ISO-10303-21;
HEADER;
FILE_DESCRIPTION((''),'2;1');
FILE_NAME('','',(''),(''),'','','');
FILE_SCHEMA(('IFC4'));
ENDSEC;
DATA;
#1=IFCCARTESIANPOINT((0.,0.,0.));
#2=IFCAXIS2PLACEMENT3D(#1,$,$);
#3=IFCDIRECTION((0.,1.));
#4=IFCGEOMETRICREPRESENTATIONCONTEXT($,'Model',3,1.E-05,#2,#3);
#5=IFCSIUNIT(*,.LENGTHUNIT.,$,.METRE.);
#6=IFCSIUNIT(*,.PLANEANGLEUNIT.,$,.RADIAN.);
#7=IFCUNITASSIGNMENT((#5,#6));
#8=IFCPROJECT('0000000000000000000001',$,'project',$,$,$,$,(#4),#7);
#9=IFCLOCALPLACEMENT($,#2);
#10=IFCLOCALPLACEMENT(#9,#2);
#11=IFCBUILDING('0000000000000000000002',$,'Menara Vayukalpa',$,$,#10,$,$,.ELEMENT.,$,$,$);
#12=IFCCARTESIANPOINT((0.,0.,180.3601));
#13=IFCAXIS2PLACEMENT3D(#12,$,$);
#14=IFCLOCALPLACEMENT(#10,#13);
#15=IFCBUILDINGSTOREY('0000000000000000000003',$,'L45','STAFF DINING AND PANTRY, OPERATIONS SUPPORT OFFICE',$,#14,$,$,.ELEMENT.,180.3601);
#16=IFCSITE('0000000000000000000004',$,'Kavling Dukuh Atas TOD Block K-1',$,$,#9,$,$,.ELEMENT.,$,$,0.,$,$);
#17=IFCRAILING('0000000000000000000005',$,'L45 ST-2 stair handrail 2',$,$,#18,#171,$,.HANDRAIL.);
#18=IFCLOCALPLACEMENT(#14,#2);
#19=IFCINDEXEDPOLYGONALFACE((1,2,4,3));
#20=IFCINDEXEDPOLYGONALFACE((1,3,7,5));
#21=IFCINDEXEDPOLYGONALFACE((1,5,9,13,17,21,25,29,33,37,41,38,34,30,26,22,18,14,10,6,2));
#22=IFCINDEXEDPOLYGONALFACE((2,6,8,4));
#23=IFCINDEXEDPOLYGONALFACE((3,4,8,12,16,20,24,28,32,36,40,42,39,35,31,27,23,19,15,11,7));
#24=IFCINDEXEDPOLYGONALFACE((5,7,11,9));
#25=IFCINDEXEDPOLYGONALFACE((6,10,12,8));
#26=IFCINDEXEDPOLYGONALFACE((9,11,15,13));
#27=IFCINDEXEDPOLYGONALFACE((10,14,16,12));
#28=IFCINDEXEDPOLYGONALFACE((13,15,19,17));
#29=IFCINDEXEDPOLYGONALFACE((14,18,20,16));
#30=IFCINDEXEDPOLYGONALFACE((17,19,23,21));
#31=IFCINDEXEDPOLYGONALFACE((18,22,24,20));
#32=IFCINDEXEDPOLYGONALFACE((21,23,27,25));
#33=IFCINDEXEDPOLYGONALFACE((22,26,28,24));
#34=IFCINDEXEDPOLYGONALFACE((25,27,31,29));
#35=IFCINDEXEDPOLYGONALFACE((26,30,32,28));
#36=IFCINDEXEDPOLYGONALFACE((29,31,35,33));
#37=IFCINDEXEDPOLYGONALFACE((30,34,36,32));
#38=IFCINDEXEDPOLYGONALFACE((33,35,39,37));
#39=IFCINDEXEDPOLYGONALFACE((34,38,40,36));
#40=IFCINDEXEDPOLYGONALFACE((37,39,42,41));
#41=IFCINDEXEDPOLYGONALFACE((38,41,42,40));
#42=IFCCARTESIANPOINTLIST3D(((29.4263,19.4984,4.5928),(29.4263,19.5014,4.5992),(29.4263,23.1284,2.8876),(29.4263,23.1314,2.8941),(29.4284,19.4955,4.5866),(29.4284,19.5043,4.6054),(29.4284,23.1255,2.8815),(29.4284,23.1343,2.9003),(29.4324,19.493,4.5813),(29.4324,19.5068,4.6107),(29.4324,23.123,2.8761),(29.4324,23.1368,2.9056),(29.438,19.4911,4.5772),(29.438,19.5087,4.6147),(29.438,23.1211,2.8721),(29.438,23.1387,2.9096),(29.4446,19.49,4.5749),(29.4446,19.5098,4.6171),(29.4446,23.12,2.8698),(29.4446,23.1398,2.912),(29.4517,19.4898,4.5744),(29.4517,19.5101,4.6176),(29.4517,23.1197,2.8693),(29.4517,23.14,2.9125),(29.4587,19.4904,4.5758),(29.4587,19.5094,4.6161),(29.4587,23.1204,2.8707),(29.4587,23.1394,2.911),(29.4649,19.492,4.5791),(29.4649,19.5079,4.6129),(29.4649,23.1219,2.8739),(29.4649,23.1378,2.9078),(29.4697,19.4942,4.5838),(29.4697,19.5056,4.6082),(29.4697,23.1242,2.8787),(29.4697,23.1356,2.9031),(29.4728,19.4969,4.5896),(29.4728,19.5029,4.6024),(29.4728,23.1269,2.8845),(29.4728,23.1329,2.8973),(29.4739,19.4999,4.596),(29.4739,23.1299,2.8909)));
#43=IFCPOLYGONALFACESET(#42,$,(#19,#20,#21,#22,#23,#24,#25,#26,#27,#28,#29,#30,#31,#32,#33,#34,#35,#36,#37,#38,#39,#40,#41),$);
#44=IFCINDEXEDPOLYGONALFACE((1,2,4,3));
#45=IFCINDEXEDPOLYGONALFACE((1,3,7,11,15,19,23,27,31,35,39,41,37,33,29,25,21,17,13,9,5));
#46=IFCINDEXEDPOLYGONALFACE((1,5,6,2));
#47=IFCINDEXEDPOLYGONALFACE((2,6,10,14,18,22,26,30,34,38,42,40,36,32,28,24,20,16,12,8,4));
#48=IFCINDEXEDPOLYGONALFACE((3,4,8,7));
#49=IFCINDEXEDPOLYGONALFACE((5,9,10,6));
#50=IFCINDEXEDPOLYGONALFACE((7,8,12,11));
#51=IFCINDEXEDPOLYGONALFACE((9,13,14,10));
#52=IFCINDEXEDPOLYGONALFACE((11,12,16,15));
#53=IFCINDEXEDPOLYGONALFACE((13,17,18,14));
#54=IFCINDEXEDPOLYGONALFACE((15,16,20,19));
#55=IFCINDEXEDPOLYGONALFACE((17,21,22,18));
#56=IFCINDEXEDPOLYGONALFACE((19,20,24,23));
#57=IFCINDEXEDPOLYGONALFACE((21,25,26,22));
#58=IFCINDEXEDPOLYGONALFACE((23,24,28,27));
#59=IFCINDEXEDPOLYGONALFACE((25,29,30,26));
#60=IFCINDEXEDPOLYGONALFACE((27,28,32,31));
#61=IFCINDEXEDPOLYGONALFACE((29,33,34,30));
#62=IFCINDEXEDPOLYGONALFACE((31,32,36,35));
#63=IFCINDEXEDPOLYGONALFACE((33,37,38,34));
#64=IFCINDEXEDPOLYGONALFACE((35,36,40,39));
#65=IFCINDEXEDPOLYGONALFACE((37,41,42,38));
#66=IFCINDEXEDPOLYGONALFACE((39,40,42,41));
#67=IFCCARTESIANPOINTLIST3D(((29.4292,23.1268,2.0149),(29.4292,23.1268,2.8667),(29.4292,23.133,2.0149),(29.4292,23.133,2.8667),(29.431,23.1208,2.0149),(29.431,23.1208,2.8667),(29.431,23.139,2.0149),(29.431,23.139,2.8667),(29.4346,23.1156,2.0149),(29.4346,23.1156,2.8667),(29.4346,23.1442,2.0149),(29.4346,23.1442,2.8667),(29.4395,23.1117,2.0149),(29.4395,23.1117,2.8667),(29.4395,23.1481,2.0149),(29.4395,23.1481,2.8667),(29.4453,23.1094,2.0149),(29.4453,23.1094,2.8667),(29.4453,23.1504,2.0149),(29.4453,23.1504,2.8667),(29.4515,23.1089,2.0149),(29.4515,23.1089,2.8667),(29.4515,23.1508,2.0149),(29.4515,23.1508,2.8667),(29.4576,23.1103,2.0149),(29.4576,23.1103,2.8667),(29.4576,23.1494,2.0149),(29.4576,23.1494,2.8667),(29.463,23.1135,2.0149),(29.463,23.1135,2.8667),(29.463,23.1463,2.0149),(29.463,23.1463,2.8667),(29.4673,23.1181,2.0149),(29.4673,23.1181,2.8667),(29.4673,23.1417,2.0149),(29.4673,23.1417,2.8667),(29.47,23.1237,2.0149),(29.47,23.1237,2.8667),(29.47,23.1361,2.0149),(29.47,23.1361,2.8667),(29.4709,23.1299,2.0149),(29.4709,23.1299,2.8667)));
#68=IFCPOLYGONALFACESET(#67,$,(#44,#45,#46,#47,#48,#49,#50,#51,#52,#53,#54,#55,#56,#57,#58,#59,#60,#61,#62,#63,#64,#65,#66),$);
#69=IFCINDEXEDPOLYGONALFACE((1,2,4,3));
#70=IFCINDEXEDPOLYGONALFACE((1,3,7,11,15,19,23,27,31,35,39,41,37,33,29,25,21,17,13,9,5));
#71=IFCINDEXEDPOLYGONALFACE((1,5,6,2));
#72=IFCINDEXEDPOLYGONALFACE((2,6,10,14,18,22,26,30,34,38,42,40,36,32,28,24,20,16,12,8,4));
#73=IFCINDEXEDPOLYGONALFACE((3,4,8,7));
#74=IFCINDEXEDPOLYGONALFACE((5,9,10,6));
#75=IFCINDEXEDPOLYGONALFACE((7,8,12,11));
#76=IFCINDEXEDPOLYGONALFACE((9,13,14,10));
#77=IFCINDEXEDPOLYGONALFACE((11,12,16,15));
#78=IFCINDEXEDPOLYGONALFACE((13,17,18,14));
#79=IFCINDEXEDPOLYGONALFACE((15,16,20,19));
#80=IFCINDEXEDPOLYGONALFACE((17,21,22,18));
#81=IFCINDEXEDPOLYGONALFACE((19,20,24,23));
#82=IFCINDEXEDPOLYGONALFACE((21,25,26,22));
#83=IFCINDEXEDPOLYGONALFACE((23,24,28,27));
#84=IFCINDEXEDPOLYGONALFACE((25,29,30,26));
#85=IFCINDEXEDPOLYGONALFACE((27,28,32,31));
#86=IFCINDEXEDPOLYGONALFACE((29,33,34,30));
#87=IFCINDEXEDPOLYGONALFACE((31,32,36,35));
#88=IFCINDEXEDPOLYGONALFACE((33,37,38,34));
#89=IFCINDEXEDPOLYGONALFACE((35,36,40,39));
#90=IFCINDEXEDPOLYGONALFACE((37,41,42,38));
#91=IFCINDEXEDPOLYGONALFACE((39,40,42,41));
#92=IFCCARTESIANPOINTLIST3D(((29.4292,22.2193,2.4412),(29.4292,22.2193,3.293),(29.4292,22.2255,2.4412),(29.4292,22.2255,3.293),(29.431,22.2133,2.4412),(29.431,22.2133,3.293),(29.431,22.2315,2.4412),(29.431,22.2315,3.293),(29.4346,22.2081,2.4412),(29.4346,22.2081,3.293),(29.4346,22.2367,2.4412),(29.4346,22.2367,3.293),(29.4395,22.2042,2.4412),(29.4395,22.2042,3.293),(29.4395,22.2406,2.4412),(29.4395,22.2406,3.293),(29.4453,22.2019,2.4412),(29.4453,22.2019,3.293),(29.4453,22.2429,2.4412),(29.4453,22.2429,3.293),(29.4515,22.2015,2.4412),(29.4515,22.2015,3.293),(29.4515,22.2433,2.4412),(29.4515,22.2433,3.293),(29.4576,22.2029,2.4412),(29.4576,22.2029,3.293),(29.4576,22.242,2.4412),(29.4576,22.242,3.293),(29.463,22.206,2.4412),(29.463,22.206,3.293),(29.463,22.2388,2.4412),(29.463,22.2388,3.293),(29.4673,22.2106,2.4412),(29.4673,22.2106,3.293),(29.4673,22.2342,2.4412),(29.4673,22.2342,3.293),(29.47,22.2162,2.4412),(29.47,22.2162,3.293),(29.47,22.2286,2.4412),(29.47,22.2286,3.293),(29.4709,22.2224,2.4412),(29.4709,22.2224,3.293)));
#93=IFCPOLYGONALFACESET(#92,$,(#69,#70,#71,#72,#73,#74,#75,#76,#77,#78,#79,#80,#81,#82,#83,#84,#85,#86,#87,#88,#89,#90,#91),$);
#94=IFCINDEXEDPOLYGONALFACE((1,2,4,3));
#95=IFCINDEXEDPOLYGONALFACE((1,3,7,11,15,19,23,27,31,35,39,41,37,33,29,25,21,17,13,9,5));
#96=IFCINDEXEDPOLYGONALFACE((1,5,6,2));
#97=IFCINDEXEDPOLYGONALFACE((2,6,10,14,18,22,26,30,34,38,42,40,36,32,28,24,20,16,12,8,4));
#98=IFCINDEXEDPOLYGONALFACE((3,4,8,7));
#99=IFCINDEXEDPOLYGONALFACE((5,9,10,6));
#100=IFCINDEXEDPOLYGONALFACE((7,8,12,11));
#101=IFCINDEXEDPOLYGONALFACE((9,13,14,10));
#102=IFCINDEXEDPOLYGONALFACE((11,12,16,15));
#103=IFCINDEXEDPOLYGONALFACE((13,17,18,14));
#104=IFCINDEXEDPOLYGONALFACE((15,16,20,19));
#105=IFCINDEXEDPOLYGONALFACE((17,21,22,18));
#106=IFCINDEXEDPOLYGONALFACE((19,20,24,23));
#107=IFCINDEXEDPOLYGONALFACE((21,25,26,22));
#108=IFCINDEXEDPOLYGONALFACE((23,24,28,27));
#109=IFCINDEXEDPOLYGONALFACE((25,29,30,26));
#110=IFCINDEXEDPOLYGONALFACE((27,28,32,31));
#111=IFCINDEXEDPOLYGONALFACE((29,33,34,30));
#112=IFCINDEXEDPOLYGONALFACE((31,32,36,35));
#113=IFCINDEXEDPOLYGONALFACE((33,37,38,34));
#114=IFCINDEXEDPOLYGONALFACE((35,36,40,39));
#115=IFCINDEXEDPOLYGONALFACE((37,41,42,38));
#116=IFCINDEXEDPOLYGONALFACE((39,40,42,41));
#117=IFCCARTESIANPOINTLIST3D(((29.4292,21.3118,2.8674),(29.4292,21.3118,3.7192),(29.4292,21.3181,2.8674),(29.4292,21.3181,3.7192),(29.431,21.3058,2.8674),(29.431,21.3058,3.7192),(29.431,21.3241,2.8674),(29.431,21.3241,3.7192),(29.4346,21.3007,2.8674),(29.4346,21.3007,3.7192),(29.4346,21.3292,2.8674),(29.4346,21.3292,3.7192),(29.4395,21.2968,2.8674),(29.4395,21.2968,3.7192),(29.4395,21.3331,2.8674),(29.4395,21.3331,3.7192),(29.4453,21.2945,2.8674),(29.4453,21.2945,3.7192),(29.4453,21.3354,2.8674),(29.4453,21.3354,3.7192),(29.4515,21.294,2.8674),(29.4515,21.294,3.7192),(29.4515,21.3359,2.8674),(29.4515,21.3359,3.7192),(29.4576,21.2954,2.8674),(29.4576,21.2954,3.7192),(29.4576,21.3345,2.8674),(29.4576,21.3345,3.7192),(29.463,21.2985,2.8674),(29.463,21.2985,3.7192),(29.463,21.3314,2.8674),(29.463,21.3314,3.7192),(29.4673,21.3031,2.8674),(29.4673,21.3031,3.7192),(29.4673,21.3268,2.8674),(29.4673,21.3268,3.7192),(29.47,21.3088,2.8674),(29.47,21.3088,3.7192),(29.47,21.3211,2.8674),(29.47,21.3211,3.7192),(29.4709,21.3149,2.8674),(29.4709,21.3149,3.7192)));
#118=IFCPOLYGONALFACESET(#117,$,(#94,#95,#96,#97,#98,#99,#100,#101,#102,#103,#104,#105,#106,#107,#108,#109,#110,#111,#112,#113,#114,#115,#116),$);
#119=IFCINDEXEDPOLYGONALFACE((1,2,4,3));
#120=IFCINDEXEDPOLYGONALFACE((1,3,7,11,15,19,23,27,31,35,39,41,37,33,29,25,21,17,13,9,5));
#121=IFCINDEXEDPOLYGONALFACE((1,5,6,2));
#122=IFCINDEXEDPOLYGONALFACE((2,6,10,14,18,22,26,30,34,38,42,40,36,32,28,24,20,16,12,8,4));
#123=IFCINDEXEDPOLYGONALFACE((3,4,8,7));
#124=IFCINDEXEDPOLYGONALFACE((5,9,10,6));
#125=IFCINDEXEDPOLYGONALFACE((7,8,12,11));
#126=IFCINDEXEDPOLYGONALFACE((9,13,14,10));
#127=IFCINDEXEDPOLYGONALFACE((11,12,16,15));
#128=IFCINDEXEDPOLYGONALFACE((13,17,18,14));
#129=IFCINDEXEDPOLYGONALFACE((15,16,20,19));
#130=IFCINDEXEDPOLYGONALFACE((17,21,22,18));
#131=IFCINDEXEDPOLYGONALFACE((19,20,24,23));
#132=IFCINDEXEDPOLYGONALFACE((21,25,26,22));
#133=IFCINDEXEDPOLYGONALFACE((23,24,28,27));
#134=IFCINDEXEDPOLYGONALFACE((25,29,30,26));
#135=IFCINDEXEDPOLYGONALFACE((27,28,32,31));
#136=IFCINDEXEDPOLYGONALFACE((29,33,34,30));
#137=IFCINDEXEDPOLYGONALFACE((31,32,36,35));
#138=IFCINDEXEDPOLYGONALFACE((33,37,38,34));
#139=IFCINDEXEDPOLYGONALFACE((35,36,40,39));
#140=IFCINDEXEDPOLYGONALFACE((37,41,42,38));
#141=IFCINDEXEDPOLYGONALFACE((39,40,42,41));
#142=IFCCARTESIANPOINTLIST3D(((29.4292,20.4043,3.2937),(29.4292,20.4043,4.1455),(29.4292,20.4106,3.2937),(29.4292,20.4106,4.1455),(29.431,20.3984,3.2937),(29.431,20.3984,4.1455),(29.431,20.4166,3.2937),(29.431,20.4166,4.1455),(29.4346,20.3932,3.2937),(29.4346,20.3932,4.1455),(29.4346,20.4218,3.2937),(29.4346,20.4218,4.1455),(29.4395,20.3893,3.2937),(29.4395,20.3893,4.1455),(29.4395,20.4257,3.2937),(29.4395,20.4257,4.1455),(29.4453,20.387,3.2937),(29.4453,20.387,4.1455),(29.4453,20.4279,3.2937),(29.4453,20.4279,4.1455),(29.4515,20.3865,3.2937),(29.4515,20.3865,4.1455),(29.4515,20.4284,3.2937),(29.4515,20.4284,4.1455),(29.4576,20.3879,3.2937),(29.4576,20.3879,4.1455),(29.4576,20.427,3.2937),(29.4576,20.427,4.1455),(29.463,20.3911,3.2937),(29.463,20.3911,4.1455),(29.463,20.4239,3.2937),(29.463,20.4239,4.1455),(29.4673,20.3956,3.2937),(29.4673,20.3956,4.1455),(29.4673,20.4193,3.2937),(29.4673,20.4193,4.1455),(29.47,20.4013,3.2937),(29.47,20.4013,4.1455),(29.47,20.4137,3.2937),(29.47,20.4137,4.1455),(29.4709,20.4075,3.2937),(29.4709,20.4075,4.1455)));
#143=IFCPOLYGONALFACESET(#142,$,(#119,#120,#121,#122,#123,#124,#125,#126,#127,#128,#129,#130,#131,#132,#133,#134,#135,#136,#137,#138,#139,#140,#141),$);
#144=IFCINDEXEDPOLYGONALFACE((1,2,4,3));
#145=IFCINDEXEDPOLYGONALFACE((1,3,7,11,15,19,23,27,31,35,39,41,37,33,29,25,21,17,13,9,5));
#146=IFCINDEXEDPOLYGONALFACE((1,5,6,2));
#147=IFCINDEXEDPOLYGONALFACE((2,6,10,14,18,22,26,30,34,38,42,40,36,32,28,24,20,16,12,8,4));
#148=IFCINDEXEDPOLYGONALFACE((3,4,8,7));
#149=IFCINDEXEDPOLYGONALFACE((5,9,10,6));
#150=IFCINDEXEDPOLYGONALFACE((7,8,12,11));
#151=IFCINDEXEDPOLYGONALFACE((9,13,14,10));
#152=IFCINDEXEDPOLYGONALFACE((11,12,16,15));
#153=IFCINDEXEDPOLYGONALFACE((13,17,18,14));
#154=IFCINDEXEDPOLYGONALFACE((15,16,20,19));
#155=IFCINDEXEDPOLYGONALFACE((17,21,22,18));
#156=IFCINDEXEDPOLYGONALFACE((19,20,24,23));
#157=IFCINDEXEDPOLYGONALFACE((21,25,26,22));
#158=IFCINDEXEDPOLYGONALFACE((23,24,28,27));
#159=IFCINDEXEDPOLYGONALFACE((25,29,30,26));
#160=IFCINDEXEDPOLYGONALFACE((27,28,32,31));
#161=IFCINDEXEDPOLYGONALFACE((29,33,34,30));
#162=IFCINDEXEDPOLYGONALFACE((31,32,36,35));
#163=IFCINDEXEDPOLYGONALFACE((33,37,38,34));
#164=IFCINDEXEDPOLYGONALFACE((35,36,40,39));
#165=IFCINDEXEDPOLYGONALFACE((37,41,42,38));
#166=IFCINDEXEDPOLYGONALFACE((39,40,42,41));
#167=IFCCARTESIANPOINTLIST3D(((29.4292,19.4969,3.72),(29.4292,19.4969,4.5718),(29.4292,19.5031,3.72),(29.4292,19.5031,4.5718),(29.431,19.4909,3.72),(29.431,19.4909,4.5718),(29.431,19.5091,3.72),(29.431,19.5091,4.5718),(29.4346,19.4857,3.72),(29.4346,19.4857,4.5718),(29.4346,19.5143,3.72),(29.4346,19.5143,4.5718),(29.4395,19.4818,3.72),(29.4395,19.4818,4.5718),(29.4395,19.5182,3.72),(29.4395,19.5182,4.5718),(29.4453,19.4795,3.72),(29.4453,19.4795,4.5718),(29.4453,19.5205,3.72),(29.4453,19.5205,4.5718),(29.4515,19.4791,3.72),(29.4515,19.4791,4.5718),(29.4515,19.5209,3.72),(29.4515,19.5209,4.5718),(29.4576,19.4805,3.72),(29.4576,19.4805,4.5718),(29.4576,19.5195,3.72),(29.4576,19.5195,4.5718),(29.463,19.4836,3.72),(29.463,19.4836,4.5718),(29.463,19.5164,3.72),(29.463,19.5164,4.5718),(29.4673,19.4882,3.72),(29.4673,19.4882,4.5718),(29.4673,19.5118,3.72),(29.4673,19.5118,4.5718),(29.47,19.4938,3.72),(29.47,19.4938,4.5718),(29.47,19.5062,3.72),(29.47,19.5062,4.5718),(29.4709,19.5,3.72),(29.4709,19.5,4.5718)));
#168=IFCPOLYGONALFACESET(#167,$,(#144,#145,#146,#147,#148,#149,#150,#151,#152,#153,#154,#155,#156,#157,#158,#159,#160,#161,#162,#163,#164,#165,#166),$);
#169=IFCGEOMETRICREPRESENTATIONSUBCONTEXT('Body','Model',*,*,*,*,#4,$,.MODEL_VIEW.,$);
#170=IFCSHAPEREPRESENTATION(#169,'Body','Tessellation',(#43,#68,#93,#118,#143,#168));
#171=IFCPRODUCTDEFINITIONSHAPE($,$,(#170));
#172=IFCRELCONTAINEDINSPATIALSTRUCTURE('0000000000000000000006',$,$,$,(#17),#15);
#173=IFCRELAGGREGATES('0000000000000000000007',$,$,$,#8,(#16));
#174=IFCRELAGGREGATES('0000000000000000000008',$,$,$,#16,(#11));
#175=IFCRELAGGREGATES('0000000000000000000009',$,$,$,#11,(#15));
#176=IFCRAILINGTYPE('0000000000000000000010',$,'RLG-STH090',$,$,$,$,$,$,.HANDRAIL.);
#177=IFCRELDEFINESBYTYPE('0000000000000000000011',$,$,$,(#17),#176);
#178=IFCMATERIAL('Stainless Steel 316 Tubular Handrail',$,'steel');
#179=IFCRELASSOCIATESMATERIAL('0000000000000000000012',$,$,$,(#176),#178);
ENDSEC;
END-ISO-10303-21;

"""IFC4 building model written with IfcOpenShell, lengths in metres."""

from ifc_helpers import new_model, si_unit, direction, frame, origin, origin_2d, place, context, subcontext, project, spatial, circle, extrude, material, type_object, element, save


model = new_model("IFC4")

# Units and contexts
model_context = context("Model", 3, precision=1e-05, world=origin(), true_north=direction((0.0, 1.0)))
body_context = subcontext(model_context, "Body", "Model", "MODEL_VIEW")
ifc_project = project(units=[si_unit("LENGTHUNIT", "METRE"), si_unit("PLANEANGLEUNIT", "RADIAN")], contexts=[model_context])

# Site, building, storey
site_placement = place(None, origin())
site = spatial("IfcSite", under=ifc_project, at=site_placement, Name="Kavling Dukuh Atas TOD Block K-1", CompositionType="ELEMENT", RefElevation=0.0)
building_placement = place(site_placement, origin())
building = spatial("IfcBuilding", under=site, at=building_placement, Name="Menara Vayukalpa", CompositionType="ELEMENT")
storey_placement = place(building_placement, frame((0.0, 0.0, 180.3601)))
storey = spatial("IfcBuildingStorey", under=building, at=storey_placement, Name="L45", Description="STAFF DINING AND PANTRY, OPERATIONS SUPPORT OFFICE", CompositionType="ELEMENT", Elevation=180.3601)

# Railing
ifc_material_1 = material(Name="Stainless Steel 316 Tubular Handrail", Category="steel")
railing_type_1 = type_object("IfcRailingType", Name="RLG-STH090", PredefinedType="HANDRAIL", material=ifc_material_1)
railing_1_placement = place(storey_placement, frame((29.45, 23.1299, 2.0149)))
element("IfcRailing", 1, at=railing_1_placement, inside=storey, type_object=railing_type_1, Name="L45 ST-2 stair handrail 2", PredefinedType="HANDRAIL", context=body_context, shape_type="SweptSolid", body=[
    extrude(circle(Radius=0.0239, at=origin_2d()), frame((0.0, 0.0, 0.876), z_axis=(0.0, -0.905116, 0.425164), x_axis=(1.0, 0.0, 0.0)), (0.0, 0.0, 1.0), 4.0105),
    extrude(circle(Radius=0.021, at=origin_2d()), origin(), (0.0, 0.0, 1.0), 0.8518),
    extrude(circle(Radius=0.021, at=origin_2d()), frame((0.0, -0.9075, 0.4263)), (0.0, 0.0, 1.0), 0.8518),
    extrude(circle(Radius=0.021, at=origin_2d()), frame((0.0, -1.8149, 0.8525)), (0.0, 0.0, 1.0), 0.8518),
    extrude(circle(Radius=0.021, at=origin_2d()), frame((0.0, -2.7224, 1.2788)), (0.0, 0.0, 1.0), 0.8518),
    extrude(circle(Radius=0.021, at=origin_2d()), frame((0.0, -3.6299, 1.7051)), (0.0, 0.0, 1.0), 0.8518),
])

save(model, "model.ifc")
